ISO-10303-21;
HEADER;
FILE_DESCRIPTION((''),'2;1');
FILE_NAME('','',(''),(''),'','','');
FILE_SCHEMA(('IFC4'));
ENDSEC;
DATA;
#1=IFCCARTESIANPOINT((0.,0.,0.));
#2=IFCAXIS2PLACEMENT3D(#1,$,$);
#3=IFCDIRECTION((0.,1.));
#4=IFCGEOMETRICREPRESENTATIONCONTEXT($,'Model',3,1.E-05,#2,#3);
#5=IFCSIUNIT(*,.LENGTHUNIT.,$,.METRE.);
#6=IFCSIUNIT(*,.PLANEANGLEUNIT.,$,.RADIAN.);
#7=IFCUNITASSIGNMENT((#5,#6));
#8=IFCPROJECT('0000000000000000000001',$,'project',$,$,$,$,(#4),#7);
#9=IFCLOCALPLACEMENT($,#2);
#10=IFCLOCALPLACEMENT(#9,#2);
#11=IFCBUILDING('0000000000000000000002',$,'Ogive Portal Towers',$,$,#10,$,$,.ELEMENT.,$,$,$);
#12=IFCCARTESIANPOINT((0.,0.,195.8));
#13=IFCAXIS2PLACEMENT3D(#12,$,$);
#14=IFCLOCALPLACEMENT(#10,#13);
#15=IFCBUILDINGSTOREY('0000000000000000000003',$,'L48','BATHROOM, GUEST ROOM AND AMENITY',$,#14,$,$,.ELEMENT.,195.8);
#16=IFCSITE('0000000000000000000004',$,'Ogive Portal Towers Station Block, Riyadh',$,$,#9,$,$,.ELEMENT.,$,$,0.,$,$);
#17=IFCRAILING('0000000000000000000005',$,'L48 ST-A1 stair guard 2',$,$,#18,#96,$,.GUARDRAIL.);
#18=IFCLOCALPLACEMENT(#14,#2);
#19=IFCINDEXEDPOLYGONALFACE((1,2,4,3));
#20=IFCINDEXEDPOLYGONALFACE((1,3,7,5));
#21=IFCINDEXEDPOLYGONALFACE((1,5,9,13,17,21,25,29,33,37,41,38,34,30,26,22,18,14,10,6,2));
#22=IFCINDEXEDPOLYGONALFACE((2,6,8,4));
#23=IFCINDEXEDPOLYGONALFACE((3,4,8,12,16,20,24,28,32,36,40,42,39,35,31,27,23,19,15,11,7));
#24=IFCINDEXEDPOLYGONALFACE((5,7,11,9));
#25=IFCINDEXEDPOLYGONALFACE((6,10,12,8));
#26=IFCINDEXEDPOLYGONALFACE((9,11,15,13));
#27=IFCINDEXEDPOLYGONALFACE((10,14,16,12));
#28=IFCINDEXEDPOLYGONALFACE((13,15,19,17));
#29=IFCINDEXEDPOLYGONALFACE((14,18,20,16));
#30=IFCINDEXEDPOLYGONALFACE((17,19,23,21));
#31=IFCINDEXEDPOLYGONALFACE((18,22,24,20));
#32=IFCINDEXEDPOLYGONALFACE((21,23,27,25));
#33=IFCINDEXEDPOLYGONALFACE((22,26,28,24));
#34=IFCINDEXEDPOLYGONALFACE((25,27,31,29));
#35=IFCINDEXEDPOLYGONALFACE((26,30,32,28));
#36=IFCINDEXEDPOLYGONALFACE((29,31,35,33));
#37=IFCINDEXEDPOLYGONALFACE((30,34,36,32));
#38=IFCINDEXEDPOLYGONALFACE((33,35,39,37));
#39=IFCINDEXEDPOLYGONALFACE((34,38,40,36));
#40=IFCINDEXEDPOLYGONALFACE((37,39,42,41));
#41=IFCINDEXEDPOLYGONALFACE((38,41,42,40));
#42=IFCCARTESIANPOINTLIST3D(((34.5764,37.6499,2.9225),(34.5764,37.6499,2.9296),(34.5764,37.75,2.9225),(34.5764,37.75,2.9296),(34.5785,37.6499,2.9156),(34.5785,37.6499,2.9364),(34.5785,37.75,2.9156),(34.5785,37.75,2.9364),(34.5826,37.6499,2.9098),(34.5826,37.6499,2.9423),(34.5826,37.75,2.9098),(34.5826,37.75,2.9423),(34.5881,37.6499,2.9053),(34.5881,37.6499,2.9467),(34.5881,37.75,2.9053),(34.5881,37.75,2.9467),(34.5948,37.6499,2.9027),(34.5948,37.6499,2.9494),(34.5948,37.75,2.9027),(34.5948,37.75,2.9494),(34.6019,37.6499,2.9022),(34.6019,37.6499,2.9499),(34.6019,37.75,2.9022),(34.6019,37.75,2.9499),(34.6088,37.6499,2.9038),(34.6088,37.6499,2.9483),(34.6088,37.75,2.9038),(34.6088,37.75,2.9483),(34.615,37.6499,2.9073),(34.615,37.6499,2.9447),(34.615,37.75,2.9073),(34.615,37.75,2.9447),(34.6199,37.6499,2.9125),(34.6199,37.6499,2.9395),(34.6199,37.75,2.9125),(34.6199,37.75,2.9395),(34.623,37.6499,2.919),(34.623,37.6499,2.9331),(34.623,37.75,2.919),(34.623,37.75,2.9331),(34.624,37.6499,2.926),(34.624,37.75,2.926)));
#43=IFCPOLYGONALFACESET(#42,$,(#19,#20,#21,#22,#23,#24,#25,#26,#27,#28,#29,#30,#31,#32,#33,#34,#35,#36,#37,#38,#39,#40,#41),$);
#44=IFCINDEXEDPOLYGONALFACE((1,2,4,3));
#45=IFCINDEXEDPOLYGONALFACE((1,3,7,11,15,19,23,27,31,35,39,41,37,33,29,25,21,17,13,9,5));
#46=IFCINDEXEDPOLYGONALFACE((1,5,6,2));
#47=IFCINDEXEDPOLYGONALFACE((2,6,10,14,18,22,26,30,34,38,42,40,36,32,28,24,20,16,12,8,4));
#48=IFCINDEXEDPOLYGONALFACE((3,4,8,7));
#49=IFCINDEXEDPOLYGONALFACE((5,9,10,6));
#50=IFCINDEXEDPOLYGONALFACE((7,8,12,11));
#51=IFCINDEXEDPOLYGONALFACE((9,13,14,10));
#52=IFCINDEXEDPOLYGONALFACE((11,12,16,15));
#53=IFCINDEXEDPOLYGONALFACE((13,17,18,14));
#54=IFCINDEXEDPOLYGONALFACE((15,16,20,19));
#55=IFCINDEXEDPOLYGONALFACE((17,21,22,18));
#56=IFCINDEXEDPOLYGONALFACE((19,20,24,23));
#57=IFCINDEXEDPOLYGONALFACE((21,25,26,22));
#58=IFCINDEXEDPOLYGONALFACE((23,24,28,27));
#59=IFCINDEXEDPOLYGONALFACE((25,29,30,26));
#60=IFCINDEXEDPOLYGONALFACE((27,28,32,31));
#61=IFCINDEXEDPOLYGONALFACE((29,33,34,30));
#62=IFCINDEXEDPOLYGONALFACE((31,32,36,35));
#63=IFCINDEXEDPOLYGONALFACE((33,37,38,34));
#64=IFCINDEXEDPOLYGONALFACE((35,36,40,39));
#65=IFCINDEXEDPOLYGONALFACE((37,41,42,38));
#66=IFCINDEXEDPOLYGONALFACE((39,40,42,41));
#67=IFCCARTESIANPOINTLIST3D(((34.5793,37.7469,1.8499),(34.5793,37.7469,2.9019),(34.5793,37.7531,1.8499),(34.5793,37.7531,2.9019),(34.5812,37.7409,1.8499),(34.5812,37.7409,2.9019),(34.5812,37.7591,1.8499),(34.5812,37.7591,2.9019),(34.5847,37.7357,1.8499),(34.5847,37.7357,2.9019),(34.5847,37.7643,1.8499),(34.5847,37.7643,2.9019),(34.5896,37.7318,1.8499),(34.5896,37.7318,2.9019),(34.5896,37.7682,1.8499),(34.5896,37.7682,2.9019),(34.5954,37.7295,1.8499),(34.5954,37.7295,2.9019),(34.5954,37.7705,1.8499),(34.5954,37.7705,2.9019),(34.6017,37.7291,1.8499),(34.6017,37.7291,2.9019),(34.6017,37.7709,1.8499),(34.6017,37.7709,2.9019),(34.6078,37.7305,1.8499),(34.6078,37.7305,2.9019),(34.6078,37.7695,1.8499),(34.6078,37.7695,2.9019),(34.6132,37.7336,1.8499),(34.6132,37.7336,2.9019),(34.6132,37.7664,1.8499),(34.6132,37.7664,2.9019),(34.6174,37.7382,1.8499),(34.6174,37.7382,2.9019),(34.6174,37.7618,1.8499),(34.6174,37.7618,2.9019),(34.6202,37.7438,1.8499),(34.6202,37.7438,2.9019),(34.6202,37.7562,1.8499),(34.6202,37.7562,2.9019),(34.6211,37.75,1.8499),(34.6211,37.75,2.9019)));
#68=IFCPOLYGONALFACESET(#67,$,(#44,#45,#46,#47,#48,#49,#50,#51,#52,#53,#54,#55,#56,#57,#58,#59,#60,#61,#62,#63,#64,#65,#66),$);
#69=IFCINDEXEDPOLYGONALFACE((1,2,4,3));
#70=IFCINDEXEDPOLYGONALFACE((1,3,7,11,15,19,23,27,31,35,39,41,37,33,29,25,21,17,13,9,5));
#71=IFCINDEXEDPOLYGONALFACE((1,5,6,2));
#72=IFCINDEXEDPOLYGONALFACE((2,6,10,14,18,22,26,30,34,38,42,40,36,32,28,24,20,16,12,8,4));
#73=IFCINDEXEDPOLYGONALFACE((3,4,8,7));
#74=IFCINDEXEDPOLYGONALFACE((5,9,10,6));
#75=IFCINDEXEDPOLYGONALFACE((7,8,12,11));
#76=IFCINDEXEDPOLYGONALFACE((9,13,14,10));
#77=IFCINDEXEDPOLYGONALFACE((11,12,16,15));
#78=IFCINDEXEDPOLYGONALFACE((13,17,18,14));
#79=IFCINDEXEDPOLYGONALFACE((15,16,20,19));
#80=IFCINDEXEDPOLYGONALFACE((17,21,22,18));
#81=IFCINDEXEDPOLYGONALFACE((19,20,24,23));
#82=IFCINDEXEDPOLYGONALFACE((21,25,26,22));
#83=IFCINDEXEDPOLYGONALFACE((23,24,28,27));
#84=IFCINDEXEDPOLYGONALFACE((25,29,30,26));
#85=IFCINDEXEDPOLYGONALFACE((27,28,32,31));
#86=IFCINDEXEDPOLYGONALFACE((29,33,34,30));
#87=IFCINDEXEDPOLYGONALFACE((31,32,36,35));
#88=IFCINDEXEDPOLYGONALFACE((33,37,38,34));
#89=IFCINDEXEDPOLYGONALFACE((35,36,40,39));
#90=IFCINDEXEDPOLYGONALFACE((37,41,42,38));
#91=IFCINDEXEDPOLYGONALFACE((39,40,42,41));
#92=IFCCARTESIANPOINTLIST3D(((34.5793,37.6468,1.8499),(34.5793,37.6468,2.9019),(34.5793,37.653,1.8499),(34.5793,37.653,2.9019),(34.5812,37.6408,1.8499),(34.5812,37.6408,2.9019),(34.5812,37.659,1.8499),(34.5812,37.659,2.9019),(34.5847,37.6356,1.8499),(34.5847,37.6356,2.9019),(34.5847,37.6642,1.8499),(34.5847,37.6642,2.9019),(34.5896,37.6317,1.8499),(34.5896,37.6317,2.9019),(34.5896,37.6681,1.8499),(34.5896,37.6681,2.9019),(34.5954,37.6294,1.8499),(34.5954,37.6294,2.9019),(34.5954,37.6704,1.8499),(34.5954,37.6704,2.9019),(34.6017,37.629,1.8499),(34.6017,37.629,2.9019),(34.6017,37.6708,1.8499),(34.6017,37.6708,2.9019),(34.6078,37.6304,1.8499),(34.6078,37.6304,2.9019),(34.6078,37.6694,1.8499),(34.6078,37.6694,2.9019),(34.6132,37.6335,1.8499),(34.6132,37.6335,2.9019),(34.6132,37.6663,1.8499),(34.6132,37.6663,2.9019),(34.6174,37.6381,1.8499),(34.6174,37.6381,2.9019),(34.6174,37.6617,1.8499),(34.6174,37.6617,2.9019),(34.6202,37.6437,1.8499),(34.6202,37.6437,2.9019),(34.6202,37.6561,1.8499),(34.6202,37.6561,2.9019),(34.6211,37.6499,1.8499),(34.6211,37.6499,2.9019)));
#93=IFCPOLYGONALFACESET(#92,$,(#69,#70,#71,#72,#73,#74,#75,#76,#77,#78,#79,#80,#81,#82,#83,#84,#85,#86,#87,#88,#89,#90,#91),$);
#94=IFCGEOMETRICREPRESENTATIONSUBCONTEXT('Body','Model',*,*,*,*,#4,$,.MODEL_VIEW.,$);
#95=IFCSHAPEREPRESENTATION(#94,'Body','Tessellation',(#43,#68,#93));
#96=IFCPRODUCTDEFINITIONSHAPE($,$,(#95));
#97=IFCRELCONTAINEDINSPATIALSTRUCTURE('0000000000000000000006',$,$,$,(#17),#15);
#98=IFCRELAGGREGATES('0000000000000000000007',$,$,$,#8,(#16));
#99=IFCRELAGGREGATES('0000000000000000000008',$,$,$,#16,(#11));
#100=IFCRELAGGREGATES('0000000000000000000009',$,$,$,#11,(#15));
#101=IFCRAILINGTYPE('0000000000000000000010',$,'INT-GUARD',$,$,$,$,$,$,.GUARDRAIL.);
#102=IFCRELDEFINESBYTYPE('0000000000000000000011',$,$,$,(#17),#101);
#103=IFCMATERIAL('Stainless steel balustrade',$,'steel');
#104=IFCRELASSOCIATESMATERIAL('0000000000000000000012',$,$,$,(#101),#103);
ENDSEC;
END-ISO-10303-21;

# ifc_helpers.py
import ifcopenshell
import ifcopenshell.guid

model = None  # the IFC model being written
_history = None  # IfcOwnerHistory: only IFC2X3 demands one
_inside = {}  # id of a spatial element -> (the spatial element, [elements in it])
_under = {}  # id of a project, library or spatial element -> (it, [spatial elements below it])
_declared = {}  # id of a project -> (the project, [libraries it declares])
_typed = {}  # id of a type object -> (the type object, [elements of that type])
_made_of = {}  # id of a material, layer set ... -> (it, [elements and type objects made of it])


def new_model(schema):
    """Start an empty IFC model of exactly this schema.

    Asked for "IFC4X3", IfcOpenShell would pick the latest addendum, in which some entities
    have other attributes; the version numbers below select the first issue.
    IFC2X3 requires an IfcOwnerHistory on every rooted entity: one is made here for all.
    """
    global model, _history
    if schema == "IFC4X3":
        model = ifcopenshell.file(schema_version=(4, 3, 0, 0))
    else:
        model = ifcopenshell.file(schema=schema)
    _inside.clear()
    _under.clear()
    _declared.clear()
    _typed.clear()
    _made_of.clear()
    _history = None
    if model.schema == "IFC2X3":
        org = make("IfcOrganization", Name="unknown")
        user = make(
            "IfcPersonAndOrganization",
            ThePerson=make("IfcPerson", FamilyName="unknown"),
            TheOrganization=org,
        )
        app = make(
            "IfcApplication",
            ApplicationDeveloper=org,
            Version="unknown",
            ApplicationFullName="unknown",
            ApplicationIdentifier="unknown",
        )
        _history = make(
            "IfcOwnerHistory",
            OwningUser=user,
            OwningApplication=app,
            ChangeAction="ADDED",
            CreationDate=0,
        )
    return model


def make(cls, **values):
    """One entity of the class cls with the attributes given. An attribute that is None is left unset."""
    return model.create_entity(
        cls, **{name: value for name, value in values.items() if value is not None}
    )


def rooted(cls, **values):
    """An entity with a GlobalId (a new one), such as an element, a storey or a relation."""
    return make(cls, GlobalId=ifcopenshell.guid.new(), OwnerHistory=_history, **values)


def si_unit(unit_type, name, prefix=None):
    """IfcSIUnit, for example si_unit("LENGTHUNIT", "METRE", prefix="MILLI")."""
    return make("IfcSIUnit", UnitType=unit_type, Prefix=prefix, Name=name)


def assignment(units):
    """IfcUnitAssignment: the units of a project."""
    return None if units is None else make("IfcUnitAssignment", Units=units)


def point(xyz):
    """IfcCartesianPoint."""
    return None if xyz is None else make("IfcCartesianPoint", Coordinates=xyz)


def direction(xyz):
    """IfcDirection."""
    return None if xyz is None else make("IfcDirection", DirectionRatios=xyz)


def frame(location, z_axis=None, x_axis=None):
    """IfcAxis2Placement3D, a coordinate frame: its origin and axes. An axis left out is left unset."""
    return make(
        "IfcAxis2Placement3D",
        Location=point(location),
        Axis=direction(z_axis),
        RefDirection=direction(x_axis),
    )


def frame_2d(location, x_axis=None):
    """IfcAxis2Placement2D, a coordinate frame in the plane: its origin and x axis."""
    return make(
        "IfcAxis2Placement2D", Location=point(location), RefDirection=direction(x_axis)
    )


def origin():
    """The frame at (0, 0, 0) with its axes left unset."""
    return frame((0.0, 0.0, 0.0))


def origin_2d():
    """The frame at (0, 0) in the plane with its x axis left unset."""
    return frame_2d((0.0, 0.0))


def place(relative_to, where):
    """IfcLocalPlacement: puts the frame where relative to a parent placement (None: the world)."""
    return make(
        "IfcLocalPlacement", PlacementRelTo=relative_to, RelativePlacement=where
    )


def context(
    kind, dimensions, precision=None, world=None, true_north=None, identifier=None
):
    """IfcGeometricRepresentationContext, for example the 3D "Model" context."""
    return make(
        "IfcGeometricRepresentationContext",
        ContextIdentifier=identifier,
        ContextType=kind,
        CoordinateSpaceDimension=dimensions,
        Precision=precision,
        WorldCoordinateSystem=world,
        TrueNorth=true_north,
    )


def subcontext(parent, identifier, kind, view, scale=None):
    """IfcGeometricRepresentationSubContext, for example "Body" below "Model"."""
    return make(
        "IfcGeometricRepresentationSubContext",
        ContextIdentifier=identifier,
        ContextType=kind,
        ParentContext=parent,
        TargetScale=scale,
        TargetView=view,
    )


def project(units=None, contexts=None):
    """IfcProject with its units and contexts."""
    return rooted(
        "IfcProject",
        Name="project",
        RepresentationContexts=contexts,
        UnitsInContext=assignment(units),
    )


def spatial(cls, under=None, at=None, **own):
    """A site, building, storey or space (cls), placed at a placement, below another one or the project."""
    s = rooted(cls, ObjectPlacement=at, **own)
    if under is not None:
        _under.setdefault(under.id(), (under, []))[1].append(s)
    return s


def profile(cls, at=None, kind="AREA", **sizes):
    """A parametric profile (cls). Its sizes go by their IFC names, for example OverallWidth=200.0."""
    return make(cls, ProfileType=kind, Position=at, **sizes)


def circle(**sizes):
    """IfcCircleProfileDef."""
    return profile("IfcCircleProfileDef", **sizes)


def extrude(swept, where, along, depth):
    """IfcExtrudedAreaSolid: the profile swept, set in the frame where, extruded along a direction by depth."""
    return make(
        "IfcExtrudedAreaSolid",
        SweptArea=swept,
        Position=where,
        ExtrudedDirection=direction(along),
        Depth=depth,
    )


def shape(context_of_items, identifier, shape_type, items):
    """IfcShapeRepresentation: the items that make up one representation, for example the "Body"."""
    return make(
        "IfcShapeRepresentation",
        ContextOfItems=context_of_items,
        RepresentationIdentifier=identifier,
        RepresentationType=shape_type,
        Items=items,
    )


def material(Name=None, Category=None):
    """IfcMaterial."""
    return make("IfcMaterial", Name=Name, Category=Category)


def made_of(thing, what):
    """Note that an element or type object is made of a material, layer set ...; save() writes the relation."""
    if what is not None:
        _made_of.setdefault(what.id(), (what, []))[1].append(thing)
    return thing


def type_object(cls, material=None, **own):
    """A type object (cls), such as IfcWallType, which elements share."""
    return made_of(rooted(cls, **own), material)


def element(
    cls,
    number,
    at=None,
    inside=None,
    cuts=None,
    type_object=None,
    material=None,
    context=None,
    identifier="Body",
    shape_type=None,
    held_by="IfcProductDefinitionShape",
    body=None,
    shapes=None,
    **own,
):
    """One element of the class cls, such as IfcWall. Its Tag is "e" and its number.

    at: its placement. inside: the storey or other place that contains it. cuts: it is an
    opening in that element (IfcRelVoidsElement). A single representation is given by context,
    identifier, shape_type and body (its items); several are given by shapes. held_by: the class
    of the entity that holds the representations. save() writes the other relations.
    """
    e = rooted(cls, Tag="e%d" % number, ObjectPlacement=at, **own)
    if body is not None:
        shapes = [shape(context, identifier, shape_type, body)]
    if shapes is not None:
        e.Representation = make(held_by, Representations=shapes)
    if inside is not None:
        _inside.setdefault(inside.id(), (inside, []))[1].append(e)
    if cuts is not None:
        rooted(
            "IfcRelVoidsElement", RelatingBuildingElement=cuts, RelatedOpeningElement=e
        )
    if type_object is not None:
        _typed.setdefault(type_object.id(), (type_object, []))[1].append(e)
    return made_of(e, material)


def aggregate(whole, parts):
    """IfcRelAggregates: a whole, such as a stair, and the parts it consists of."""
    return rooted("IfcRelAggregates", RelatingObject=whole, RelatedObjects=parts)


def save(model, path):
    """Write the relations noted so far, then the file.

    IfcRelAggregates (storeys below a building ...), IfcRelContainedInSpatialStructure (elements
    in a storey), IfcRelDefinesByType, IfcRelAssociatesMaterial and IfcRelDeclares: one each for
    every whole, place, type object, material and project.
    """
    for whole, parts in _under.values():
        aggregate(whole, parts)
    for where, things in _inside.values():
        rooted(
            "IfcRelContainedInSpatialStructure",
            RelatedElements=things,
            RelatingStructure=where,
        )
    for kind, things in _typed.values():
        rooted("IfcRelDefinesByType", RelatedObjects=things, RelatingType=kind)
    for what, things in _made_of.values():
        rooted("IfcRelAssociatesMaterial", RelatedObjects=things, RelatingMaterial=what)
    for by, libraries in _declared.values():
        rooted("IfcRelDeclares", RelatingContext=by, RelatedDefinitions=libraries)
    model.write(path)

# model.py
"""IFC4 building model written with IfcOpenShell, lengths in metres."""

from ifc_helpers import new_model, si_unit, direction, frame, origin, origin_2d, place, context, subcontext, project, spatial, circle, extrude, material, type_object, element, save


model = new_model("IFC4")

# Units and contexts
model_context = context("Model", 3, precision=1e-05, world=origin(), true_north=direction((0.0, 1.0)))
body_context = subcontext(model_context, "Body", "Model", "MODEL_VIEW")
ifc_project = project(units=[si_unit("LENGTHUNIT", "METRE"), si_unit("PLANEANGLEUNIT", "RADIAN")], contexts=[model_context])

# Site, building, storey
site_placement = place(None, origin())
site = spatial("IfcSite", under=ifc_project, at=site_placement, Name="Ogive Portal Towers Station Block, Riyadh", CompositionType="ELEMENT", RefElevation=0.0)
building_placement = place(site_placement, origin())
building = spatial("IfcBuilding", under=site, at=building_placement, Name="Ogive Portal Towers", CompositionType="ELEMENT")
storey_placement = place(building_placement, frame((0.0, 0.0, 195.8)))
storey = spatial("IfcBuildingStorey", under=building, at=storey_placement, Name="L48", Description="BATHROOM, GUEST ROOM AND AMENITY", CompositionType="ELEMENT", Elevation=195.8)

# Railing
ifc_material_1 = material(Name="Stainless steel balustrade", Category="steel")
railing_type_1 = type_object("IfcRailingType", Name="INT-GUARD", PredefinedType="GUARDRAIL", material=ifc_material_1)
railing_1_placement = place(storey_placement, frame((34.6001, 37.75, 1.8499)))
element("IfcRailing", 1, at=railing_1_placement, inside=storey, type_object=railing_type_1, Name="L48 ST-A1 stair guard 2", PredefinedType="GUARDRAIL", context=body_context, shape_type="SweptSolid", body=[
    extrude(circle(Radius=0.0239, at=origin_2d()), frame((0.0, 0.0, 1.0762), z_axis=(0.0, -1.0, 0.0), x_axis=(1.0, 0.0, 0.0)), (0.0, 0.0, 1.0), 0.1001),
    extrude(circle(Radius=0.021, at=origin_2d()), origin(), (0.0, 0.0, 1.0), 1.052),
    extrude(circle(Radius=0.021, at=origin_2d()), frame((0.0, -0.1001, 0.0)), (0.0, 0.0, 1.0), 1.052),
])

save(model, "model.ifc")
